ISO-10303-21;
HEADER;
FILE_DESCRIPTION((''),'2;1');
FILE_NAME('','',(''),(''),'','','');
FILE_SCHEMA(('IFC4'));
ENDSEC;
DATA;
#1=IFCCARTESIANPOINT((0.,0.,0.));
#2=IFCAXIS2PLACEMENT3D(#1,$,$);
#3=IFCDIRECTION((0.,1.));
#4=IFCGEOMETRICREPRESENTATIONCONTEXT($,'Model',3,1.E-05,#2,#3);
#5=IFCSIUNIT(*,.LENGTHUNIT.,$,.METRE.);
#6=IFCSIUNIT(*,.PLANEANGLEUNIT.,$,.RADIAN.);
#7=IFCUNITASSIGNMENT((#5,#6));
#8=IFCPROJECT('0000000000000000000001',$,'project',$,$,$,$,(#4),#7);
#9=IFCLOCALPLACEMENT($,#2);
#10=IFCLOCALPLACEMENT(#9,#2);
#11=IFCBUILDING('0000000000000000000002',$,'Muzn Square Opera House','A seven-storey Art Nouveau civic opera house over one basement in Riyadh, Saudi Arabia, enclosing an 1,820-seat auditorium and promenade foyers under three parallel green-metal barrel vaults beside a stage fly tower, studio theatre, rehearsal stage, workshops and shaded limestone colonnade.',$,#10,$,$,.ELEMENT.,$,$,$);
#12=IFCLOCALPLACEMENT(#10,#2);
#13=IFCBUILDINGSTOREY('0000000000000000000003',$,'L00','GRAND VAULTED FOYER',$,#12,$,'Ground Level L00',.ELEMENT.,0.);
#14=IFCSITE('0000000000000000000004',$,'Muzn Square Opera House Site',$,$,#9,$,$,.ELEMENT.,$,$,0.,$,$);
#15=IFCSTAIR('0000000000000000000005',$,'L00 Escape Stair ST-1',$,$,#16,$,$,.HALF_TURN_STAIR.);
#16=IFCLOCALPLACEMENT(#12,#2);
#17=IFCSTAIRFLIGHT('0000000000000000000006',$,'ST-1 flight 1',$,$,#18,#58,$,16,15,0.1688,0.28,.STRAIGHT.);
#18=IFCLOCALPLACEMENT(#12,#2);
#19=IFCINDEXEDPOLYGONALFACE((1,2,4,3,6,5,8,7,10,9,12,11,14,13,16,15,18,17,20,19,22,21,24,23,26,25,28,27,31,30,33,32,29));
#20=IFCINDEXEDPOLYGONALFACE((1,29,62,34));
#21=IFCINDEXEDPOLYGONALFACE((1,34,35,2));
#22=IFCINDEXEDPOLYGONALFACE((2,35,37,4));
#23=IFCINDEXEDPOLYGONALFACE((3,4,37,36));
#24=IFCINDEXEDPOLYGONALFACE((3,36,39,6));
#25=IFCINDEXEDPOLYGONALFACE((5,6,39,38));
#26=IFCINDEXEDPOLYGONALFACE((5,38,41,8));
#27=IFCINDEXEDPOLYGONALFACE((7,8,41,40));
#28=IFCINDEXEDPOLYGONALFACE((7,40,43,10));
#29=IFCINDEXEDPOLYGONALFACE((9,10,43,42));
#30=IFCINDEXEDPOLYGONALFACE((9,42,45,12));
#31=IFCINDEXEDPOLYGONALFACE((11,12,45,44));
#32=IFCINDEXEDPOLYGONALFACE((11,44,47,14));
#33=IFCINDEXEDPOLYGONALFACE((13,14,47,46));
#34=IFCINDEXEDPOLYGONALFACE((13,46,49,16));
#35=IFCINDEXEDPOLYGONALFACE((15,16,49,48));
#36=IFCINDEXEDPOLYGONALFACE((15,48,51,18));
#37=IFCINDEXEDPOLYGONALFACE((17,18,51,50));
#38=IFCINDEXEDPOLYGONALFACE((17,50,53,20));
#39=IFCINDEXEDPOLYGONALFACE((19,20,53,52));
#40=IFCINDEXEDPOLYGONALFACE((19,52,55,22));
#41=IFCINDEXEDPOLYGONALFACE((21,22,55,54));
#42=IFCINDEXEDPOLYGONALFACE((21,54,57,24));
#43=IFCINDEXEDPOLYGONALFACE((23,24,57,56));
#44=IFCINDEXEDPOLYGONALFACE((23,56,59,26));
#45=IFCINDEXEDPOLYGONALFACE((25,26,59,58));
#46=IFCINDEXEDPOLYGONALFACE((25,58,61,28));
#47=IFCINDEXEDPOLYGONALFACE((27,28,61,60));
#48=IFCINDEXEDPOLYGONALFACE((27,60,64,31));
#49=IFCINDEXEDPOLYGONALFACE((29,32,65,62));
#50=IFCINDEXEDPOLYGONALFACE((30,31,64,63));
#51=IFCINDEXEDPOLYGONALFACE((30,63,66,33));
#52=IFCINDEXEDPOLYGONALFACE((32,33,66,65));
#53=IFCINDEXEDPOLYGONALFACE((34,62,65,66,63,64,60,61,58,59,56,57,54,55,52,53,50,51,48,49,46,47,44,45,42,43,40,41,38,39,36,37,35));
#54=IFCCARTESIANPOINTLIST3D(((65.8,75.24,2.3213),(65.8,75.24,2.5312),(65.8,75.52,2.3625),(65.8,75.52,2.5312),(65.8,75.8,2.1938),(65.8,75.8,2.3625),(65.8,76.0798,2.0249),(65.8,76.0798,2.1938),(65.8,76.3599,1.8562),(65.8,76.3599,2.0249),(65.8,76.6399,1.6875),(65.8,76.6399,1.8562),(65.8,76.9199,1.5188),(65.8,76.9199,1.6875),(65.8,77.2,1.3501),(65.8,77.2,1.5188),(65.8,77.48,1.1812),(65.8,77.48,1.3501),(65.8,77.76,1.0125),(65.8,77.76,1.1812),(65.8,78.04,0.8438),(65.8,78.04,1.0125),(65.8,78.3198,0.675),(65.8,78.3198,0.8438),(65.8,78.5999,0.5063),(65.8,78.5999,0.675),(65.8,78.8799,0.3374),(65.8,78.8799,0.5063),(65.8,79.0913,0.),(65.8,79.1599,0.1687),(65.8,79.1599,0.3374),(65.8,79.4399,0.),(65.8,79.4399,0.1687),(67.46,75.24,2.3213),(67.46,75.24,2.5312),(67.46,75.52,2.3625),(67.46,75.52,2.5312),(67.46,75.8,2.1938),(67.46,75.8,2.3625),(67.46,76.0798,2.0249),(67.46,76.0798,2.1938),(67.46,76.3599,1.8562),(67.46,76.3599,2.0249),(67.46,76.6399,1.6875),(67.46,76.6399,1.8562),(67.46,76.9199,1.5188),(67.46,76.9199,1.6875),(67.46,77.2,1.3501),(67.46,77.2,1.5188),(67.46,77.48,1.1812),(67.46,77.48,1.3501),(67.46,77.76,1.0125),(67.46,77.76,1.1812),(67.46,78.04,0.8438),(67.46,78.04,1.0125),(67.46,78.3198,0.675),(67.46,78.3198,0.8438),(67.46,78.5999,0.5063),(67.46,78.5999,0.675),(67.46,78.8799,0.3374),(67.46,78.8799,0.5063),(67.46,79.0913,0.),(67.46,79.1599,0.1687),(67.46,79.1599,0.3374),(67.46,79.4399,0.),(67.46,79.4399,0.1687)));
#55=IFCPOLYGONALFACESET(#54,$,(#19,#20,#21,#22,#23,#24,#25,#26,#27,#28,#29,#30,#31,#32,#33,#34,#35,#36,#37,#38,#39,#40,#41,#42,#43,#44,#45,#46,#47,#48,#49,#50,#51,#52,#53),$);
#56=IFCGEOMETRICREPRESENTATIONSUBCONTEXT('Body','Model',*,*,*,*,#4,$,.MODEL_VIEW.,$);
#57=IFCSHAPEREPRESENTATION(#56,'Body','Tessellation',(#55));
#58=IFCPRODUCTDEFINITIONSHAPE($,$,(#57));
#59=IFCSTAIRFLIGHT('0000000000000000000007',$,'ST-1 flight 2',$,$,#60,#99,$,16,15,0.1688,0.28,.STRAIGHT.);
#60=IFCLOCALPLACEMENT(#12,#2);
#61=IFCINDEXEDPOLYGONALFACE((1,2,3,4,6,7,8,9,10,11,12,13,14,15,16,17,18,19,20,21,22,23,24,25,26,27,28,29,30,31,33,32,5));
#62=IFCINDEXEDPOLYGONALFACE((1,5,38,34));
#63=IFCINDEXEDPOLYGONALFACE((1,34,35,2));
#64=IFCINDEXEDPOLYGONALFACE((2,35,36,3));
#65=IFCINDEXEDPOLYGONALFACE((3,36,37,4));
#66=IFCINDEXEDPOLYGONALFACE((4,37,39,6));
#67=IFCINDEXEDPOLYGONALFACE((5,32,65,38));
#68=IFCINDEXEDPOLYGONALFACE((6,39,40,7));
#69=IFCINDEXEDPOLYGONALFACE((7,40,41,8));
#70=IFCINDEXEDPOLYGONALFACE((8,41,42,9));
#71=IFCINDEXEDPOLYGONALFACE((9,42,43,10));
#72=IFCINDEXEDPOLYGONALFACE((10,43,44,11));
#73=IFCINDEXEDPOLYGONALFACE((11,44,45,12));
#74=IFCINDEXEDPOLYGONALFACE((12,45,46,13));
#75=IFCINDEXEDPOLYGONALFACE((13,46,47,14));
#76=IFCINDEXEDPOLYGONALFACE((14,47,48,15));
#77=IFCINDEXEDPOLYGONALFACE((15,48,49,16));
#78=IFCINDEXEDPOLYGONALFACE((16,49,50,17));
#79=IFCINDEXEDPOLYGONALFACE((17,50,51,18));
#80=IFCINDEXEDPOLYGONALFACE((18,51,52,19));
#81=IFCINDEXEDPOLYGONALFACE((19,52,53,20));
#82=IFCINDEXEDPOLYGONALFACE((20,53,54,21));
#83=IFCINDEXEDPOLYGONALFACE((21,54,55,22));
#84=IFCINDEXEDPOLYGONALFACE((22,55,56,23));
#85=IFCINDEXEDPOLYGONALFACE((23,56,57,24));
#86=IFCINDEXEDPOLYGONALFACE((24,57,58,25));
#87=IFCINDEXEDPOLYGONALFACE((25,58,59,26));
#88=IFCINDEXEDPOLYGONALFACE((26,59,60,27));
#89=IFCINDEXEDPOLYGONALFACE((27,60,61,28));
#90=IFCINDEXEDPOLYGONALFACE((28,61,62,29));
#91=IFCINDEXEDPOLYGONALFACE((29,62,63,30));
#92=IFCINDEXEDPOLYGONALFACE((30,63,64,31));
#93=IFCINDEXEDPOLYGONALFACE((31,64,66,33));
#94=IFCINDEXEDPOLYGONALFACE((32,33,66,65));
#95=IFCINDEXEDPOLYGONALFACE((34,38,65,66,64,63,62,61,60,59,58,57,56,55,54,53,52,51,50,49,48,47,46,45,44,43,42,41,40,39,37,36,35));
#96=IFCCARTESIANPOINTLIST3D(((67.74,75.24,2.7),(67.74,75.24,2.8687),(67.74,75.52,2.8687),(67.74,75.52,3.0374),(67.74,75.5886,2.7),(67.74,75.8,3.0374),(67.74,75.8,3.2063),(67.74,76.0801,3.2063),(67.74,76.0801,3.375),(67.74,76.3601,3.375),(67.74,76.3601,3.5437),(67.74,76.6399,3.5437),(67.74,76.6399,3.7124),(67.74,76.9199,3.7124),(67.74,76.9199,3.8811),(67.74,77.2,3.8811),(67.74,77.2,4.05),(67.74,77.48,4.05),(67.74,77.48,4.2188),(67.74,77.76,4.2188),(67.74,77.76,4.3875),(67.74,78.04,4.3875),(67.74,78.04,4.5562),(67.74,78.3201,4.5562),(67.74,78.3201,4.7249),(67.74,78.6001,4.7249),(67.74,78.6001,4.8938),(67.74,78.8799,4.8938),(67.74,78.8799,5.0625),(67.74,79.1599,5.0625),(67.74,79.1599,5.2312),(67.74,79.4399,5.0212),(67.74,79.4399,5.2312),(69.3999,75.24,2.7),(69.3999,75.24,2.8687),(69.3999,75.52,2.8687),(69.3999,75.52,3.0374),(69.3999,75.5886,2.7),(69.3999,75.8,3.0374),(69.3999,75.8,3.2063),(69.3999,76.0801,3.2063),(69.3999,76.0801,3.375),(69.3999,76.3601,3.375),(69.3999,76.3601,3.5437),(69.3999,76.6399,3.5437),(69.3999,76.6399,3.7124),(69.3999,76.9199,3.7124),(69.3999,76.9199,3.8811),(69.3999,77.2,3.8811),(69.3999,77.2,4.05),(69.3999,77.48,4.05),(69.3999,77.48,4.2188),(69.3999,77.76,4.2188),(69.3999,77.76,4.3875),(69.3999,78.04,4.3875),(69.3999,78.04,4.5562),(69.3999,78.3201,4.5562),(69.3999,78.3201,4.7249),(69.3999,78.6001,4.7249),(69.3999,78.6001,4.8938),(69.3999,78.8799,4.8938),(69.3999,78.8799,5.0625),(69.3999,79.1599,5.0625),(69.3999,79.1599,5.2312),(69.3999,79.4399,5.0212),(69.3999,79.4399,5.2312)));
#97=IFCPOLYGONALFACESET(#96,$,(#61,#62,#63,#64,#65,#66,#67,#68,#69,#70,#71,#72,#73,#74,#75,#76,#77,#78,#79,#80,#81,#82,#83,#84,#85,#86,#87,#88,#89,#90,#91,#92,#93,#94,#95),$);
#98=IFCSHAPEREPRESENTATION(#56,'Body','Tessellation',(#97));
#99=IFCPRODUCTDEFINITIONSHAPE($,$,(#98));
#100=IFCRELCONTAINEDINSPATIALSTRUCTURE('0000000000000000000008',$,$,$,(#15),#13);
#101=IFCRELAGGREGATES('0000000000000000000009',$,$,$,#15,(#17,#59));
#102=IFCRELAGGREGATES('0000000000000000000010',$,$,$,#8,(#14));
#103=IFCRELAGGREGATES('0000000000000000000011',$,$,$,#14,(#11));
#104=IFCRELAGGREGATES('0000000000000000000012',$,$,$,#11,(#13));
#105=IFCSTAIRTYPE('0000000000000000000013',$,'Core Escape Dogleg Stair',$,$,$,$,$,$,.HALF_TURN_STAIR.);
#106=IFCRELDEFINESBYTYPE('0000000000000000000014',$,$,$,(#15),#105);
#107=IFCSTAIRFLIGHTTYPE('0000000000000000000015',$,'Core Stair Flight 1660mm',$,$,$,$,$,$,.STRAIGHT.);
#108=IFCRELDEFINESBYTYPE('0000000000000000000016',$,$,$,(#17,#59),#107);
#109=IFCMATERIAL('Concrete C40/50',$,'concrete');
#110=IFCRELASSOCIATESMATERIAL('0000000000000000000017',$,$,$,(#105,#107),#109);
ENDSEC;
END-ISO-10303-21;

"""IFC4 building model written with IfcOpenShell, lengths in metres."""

from ifc_helpers import new_model, si_unit, direction, frame, origin, place, context, subcontext, project, spatial, polyline, outline, extrude, material, type_object, element, aggregate, save


model = new_model("IFC4")

# Units and contexts
model_context = context("Model", 3, precision=1e-05, world=origin(), true_north=direction((0.0, 1.0)))
body_context = subcontext(model_context, "Body", "Model", "MODEL_VIEW")
ifc_project = project(units=[si_unit("LENGTHUNIT", "METRE"), si_unit("PLANEANGLEUNIT", "RADIAN")], contexts=[model_context])

# Site, building, storey
site_placement = place(None, origin())
site = spatial("IfcSite", under=ifc_project, at=site_placement, Name="Muzn Square Opera House Site", CompositionType="ELEMENT", RefElevation=0.0)
building_placement = place(site_placement, origin())
building = spatial("IfcBuilding", under=site, at=building_placement, Name="Muzn Square Opera House", Description="A seven-storey Art Nouveau civic opera house over one basement in Riyadh, Saudi Arabia, enclosing an 1,820-seat auditorium and promenade foyers under three parallel green-metal barrel vaults beside a stage fly tower, studio theatre, rehearsal stage, workshops and shaded limestone colonnade.", CompositionType="ELEMENT")
storey_placement = place(building_placement, origin())
storey = spatial("IfcBuildingStorey", under=building, at=storey_placement, Name="L00", Description="GRAND VAULTED FOYER", LongName="Ground Level L00", CompositionType="ELEMENT", Elevation=0.0)

# Shared definitions
ifc_material_1 = material(Name="Concrete C40/50", Category="concrete")

# Stair, stair flights
stair_type = type_object("IfcStairType", Name="Core Escape Dogleg Stair", PredefinedType="HALF_TURN_STAIR", material=ifc_material_1)
stair_placement = place(storey_placement, origin())
stair = element("IfcStair", 1, at=stair_placement, inside=storey, type_object=stair_type, Name="L00 Escape Stair ST-1", PredefinedType="HALF_TURN_STAIR")
stair_flight_type = type_object("IfcStairFlightType", Name="Core Stair Flight 1660mm", PredefinedType="STRAIGHT", material=ifc_material_1)
stair_flight_1_placement = place(storey_placement, frame((66.6299, 79.4399, 0.0), z_axis=(0.0, 0.0, 1.0), x_axis=(0.0, -1.0, 0.0)))
stair_flight_1 = element("IfcStairFlight", 2, at=stair_flight_1_placement, type_object=stair_flight_type, Name="ST-1 flight 1", NumberOfRisers=16, NumberOfTreads=15, PredefinedType="STRAIGHT", RiserHeight=0.1688, TreadLength=0.28, context=body_context, shape_type="SweptSolid", body=[
    extrude(outline(polyline([(0.0, 0.0), (0.0, 0.1687), (0.28, 0.1687), (0.28, 0.3374), (0.5601, 0.3374), (0.5601, 0.5063), (0.8401, 0.5063), (0.8401, 0.675), (1.1201, 0.675), (1.1201, 0.8438), (1.3999, 0.8438), (1.3999, 1.0125), (1.6799, 1.0125), (1.6799, 1.1812), (1.96, 1.1812), (1.96, 1.3501), (2.24, 1.3501), (2.24, 1.5188), (2.52, 1.5188), (2.52, 1.6875), (2.8, 1.6875), (2.8, 1.8562), (3.0801, 1.8562), (3.0801, 2.0249), (3.3601, 2.0249), (3.3601, 2.1938), (3.6399, 2.1938), (3.6399, 2.3625), (3.9199, 2.3625), (3.9199, 2.5312), (4.2, 2.5312), (4.2, 2.7), (4.2, 2.3213), (0.3486, 0.0), (0.0, 0.0)])), frame((0.0, 0.8301, 0.0), z_axis=(0.0, -1.0, 0.0), x_axis=(1.0, 0.0, 0.0)), (0.0, 0.0, 1.0), 1.6599),
])
stair_flight_2_placement = place(storey_placement, frame((68.5701, 75.24, 2.7), z_axis=(0.0, 0.0, 1.0), x_axis=(0.0, 1.0, 0.0)))
stair_flight_2 = element("IfcStairFlight", 3, at=stair_flight_2_placement, type_object=stair_flight_type, Name="ST-1 flight 2", NumberOfRisers=16, NumberOfTreads=15, PredefinedType="STRAIGHT", RiserHeight=0.1688, TreadLength=0.28, context=body_context, shape_type="SweptSolid", body=[
    extrude(outline(polyline([(0.0, 0.0), (0.0, 0.1687), (0.28, 0.1687), (0.28, 0.3374), (0.5601, 0.3374), (0.5601, 0.5063), (0.8401, 0.5063), (0.8401, 0.675), (1.1201, 0.675), (1.1201, 0.8438), (1.3999, 0.8438), (1.3999, 1.0125), (1.6799, 1.0125), (1.6799, 1.1812), (1.96, 1.1812), (1.96, 1.3501), (2.24, 1.3501), (2.24, 1.5188), (2.52, 1.5188), (2.52, 1.6875), (2.8, 1.6875), (2.8, 1.8562), (3.0801, 1.8562), (3.0801, 2.0249), (3.3601, 2.0249), (3.3601, 2.1938), (3.6399, 2.1938), (3.6399, 2.3625), (3.9199, 2.3625), (3.9199, 2.5312), (4.2, 2.5312), (4.2, 2.7), (4.2, 2.3213), (0.3486, 0.0), (0.0, 0.0)])), frame((0.0, 0.8301, 0.0), z_axis=(0.0, -1.0, 0.0), x_axis=(1.0, 0.0, 0.0)), (0.0, 0.0, 1.0), 1.6599),
])
aggregate(stair, [stair_flight_1, stair_flight_2])

save(model, "model.ifc")
